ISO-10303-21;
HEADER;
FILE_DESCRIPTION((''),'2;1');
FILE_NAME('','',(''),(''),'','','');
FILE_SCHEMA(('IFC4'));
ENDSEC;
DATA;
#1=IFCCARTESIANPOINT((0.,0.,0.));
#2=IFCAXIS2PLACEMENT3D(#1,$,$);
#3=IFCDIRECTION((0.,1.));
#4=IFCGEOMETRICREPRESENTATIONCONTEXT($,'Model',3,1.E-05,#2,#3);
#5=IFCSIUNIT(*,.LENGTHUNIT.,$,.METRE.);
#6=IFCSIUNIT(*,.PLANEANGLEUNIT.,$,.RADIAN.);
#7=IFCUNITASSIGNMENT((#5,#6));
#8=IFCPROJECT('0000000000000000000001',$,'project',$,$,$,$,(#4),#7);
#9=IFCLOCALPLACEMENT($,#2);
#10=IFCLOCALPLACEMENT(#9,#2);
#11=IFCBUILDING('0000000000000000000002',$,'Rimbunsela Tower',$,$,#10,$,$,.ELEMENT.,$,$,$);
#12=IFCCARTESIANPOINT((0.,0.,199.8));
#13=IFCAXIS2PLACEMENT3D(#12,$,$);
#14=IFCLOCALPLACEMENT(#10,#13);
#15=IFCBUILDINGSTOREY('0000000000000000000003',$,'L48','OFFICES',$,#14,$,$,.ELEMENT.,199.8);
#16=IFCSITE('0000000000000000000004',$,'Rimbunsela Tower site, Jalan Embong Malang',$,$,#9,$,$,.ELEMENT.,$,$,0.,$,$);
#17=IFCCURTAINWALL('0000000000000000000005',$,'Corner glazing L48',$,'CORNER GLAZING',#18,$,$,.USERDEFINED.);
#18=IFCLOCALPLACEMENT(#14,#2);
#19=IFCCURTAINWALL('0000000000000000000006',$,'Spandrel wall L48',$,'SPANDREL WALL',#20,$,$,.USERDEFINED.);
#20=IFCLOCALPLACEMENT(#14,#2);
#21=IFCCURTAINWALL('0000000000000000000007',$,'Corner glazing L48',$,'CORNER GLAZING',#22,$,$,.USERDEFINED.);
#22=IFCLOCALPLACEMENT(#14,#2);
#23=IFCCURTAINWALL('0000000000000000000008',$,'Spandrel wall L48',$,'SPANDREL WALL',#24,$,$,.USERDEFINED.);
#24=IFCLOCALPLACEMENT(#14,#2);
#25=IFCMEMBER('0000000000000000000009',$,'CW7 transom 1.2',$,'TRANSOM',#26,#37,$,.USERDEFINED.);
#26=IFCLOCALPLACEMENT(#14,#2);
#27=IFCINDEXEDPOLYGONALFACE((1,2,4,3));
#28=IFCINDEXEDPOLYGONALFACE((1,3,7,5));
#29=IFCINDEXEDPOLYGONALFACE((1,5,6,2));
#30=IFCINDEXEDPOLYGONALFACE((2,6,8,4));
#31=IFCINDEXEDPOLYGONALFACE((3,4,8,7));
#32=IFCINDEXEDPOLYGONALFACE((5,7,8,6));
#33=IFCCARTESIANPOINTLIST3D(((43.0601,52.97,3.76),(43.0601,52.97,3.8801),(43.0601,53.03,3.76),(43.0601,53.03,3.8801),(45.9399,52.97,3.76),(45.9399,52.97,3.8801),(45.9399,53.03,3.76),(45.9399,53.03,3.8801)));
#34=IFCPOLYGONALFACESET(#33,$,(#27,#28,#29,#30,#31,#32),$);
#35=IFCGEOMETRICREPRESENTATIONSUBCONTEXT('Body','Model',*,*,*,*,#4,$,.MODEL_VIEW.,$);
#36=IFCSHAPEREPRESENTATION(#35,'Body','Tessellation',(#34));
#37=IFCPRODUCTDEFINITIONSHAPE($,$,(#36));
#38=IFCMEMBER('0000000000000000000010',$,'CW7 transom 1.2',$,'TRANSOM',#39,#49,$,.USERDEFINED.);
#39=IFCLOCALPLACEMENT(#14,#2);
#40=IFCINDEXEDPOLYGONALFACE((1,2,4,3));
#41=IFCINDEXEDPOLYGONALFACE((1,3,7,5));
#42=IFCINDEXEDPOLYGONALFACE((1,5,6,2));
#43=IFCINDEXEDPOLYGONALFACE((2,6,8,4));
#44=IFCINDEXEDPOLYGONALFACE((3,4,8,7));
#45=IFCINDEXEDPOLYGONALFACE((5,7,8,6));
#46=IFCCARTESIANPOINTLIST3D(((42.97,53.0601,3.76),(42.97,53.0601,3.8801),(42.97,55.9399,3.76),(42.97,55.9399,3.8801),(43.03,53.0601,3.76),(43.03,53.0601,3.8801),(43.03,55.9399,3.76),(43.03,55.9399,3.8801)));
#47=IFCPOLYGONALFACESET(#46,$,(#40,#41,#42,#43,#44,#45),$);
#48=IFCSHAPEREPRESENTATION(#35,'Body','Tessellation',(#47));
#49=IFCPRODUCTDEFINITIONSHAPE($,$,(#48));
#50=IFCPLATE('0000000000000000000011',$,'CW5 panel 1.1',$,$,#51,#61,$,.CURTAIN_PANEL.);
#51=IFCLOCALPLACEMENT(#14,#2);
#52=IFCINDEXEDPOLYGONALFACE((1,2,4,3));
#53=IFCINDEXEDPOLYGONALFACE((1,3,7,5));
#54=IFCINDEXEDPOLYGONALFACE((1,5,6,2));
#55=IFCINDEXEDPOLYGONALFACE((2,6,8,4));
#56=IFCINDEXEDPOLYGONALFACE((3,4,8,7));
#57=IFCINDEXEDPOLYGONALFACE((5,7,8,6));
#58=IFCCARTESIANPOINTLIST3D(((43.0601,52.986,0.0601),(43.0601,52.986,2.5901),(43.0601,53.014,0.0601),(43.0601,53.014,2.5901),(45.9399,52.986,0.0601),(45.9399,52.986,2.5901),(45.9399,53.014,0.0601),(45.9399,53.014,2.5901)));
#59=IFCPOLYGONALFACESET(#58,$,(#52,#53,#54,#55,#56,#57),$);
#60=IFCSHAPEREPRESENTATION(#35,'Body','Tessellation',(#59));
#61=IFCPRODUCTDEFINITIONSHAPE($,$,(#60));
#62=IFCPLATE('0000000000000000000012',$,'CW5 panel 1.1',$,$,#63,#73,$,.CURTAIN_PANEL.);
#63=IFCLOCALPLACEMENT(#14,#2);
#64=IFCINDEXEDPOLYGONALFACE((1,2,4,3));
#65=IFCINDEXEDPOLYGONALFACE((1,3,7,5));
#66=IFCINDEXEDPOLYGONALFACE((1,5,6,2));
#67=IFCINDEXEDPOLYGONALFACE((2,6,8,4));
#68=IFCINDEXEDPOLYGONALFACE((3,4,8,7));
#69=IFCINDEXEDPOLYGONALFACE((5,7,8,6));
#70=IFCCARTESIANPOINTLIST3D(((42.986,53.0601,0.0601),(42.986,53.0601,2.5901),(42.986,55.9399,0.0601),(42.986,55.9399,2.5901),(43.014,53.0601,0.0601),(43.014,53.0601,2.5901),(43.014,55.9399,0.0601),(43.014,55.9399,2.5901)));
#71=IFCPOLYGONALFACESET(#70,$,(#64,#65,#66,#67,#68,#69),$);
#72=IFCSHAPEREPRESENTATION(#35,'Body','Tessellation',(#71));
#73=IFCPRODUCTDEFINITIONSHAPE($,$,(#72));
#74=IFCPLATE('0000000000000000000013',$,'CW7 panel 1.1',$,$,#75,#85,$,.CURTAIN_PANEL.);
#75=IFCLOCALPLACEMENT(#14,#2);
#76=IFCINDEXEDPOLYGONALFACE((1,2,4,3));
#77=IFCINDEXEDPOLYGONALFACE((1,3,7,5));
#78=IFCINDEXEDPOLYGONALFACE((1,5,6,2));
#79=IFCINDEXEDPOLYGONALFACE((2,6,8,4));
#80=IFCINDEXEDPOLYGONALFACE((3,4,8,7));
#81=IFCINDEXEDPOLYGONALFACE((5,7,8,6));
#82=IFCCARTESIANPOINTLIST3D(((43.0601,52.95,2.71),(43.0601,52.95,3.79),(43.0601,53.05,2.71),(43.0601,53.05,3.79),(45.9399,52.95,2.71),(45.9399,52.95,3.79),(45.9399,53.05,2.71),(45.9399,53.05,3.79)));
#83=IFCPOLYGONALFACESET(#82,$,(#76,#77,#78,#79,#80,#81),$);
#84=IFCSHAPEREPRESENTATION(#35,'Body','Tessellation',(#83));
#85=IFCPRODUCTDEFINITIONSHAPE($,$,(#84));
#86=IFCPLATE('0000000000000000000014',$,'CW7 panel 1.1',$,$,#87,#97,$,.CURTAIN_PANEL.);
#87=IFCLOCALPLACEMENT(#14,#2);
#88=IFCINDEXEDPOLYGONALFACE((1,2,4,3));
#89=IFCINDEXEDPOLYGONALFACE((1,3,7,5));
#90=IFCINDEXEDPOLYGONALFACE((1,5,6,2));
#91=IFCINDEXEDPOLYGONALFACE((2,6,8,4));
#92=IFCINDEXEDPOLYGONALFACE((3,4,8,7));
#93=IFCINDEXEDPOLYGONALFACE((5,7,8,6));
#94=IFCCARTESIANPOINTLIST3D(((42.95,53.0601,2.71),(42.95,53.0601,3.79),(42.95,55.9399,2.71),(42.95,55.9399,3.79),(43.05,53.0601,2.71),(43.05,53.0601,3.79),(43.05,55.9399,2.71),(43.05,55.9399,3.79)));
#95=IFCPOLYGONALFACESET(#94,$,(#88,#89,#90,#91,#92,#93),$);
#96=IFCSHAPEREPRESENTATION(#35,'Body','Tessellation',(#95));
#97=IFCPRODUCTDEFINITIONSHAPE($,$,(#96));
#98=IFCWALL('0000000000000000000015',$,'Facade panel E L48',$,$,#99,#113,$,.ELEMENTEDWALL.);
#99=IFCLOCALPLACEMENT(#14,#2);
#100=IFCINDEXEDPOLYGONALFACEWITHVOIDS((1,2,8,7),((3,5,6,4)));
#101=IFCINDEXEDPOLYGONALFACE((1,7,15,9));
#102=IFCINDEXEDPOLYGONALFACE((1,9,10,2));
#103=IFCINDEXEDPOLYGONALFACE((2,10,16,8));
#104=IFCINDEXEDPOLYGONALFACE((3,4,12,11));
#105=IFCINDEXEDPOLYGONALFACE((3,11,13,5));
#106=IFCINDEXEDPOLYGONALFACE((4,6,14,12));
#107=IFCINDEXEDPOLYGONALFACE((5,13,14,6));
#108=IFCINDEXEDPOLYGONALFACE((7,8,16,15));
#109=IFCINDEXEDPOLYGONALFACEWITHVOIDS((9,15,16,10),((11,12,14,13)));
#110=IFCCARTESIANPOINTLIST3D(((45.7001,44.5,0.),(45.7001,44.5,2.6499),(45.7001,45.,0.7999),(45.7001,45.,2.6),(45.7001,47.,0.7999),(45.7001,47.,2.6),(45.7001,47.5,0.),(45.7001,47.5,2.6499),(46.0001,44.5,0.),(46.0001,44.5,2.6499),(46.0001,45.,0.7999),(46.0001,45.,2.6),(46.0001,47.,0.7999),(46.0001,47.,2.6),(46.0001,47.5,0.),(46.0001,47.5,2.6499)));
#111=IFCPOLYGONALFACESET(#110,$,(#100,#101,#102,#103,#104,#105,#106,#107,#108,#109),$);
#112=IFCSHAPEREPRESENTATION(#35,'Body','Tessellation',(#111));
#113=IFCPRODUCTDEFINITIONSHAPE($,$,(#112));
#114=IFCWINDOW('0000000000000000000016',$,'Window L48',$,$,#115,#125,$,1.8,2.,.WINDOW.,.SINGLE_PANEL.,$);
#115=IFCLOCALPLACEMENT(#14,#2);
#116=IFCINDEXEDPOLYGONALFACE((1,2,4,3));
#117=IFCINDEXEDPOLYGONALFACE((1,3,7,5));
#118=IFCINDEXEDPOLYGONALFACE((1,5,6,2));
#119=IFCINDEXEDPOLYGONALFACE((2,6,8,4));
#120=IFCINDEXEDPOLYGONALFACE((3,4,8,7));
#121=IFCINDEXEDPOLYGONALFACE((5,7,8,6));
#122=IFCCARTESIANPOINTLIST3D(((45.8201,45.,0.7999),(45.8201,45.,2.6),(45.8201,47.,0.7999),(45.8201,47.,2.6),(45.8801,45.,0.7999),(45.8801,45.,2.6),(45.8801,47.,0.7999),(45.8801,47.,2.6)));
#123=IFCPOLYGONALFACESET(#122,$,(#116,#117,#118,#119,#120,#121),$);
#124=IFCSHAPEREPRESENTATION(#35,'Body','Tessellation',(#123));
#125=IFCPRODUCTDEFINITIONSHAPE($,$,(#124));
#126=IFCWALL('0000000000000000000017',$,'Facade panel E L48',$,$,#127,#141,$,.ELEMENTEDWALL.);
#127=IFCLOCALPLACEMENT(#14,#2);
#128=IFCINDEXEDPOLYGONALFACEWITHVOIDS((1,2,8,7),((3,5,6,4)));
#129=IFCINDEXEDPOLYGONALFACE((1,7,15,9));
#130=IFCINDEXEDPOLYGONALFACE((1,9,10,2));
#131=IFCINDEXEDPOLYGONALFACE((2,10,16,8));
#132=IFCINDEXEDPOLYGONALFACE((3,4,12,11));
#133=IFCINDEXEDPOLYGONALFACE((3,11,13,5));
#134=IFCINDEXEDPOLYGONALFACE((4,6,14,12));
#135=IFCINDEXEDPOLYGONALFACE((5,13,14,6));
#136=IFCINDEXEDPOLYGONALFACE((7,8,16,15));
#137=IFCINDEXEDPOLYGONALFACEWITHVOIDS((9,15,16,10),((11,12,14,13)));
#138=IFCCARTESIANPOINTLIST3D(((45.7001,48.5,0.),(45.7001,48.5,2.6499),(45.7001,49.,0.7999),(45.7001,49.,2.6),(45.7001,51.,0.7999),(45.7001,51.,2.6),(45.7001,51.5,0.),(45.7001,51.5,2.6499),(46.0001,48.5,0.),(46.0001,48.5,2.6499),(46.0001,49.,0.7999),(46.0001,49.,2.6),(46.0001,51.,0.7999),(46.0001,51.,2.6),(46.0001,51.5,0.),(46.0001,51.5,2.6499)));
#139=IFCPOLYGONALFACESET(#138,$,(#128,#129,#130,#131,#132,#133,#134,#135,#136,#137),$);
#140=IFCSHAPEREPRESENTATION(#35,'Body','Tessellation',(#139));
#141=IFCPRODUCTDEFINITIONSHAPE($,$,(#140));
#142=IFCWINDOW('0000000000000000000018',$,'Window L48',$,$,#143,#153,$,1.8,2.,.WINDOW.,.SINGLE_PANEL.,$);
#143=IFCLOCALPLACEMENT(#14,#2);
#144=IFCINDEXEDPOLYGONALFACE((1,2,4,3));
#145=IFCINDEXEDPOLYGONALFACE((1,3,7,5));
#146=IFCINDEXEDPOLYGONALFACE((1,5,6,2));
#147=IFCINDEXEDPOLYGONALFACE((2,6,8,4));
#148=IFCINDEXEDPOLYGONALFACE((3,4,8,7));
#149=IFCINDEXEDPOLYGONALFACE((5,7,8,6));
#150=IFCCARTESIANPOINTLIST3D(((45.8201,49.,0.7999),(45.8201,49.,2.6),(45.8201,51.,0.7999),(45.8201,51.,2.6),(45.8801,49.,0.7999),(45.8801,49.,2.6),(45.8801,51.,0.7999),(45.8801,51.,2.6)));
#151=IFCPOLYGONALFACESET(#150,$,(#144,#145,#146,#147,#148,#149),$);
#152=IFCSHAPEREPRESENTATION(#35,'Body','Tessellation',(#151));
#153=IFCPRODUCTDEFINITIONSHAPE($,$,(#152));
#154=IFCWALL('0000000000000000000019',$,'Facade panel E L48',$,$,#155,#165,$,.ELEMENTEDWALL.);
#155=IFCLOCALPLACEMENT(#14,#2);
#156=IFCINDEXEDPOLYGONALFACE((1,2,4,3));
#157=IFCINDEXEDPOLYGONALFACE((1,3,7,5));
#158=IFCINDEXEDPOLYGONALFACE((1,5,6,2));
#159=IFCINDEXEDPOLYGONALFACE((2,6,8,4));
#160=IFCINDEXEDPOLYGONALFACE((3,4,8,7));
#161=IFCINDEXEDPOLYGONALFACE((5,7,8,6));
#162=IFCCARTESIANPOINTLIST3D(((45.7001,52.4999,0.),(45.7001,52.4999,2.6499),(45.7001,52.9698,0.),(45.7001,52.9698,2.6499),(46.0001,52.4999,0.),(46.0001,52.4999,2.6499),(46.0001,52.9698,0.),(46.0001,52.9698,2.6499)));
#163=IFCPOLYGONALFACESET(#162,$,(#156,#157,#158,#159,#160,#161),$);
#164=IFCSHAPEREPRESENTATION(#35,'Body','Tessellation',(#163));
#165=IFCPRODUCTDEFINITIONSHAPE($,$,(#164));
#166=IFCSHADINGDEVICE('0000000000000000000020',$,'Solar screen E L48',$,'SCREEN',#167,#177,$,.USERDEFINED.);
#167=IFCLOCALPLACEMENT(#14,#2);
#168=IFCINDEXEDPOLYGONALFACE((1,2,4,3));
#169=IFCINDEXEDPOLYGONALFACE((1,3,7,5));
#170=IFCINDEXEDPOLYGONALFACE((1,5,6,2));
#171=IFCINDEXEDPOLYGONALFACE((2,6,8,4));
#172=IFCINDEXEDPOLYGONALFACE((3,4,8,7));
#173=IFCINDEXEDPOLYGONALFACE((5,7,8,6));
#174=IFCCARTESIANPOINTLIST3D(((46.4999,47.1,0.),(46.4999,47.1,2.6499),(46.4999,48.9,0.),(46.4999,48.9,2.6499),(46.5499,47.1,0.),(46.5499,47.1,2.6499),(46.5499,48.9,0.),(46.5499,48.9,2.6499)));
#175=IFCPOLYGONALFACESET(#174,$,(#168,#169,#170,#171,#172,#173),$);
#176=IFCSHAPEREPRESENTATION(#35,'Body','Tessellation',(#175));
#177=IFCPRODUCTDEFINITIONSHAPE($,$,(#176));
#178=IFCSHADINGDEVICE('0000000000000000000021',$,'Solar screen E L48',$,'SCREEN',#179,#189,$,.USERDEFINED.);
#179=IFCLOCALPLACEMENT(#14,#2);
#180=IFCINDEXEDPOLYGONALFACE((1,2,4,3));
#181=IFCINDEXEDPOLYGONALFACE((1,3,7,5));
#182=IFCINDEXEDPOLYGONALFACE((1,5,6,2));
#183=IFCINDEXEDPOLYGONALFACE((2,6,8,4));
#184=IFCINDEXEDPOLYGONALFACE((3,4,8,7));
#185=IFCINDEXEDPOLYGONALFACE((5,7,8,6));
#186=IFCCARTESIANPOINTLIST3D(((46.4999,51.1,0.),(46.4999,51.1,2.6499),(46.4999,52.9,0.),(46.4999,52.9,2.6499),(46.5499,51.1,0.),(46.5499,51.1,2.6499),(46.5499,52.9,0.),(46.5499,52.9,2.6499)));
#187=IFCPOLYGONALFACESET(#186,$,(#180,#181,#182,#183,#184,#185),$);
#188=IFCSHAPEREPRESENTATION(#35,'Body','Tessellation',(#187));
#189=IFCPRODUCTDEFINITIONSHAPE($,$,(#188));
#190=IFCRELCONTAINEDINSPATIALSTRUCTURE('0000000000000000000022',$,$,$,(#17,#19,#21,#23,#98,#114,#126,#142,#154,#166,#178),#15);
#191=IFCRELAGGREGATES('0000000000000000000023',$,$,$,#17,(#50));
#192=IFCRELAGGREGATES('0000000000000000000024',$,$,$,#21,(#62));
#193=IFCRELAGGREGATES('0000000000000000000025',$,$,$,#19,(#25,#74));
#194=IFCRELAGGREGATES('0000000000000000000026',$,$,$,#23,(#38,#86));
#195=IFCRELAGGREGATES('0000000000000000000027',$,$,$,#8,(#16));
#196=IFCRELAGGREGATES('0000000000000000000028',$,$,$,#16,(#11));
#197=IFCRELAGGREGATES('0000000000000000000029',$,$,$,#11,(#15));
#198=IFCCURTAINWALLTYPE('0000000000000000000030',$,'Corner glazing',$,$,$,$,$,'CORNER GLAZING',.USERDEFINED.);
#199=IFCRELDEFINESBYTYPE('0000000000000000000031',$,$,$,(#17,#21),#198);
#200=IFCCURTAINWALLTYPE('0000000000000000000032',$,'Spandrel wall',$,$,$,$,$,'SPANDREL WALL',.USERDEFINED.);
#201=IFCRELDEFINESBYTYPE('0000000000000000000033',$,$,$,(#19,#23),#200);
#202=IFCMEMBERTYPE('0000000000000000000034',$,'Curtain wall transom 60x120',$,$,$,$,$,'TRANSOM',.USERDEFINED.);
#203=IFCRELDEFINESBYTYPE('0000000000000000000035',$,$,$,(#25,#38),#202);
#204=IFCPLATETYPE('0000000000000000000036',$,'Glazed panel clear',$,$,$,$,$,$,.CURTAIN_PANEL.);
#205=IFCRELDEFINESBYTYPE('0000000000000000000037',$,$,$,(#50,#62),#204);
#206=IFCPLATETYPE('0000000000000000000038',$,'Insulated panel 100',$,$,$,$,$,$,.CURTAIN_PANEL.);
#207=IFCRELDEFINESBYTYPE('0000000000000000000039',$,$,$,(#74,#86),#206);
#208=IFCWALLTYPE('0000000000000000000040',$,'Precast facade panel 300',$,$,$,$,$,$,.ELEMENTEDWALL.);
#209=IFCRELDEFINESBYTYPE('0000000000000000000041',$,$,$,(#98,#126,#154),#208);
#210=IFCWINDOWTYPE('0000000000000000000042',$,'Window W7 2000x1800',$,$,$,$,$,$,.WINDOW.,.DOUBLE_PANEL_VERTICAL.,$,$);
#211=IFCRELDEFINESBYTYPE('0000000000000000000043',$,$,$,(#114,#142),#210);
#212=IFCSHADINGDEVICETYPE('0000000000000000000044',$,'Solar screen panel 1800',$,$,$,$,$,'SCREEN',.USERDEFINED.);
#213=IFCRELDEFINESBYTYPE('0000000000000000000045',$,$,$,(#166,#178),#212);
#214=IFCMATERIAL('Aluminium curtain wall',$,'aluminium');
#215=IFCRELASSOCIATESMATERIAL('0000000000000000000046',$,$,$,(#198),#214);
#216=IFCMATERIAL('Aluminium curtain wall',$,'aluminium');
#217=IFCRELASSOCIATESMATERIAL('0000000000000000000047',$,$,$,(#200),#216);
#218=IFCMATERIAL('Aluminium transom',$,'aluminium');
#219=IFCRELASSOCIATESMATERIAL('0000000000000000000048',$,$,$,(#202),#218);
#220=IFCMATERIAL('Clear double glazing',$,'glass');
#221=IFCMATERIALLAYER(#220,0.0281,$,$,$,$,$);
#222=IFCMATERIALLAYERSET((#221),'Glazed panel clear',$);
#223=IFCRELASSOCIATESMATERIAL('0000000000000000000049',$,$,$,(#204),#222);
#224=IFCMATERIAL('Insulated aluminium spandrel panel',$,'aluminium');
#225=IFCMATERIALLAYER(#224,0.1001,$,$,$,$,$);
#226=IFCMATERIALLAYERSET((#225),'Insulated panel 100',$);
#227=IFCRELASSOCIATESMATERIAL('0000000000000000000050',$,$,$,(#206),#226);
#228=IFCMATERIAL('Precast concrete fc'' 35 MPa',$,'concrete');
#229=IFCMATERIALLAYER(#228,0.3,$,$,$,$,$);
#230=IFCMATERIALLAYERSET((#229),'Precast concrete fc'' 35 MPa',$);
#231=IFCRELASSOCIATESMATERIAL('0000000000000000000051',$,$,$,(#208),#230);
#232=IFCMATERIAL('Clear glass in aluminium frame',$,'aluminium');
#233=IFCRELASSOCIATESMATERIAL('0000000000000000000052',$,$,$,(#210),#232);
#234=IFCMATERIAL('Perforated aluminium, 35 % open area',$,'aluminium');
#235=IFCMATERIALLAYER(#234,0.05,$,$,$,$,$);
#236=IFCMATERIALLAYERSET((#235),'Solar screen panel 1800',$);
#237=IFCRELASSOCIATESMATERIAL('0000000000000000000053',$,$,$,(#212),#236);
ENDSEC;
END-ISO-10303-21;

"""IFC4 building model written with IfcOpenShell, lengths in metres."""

from ifc_helpers import new_model, si_unit, direction, frame, frame_2d, origin, origin_2d, place, context, subcontext, project, spatial, rectangle, extrude, material, layer, layer_set, material_profile, profile_set, type_object, element, fill, aggregate, save


model = new_model("IFC4")

# Units and contexts
model_context = context("Model", 3, precision=1e-05, world=origin(), true_north=direction((0.0, 1.0)))
body_context = subcontext(model_context, "Body", "Model", "MODEL_VIEW")
ifc_project = project(units=[si_unit("LENGTHUNIT", "METRE"), si_unit("PLANEANGLEUNIT", "RADIAN")], contexts=[model_context])

# Site, building, storey
site_placement = place(None, origin())
site = spatial("IfcSite", under=ifc_project, at=site_placement, Name="Rimbunsela Tower site, Jalan Embong Malang", CompositionType="ELEMENT", RefElevation=0.0)
building_placement = place(site_placement, origin())
building = spatial("IfcBuilding", under=site, at=building_placement, Name="Rimbunsela Tower", CompositionType="ELEMENT")
storey_placement = place(building_placement, frame((0.0, 0.0, 199.8)))
storey = spatial("IfcBuildingStorey", under=building, at=storey_placement, Name="L48", Description="OFFICES", CompositionType="ELEMENT", Elevation=199.8)

# Curtain walls
ifc_material_1 = material(Name="Aluminium curtain wall", Category="aluminium")
curtain_wall_type_1 = type_object("IfcCurtainWallType", Name="Corner glazing", ElementType="CORNER GLAZING", PredefinedType="USERDEFINED", material=ifc_material_1)
curtain_wall_1_placement = place(storey_placement, origin())
curtain_wall_1 = element("IfcCurtainWall", 1, at=curtain_wall_1_placement, inside=storey, type_object=curtain_wall_type_1, Name="Corner glazing L48", ObjectType="CORNER GLAZING", PredefinedType="USERDEFINED")
ifc_material_2 = material(Name="Aluminium curtain wall", Category="aluminium")
curtain_wall_type_2 = type_object("IfcCurtainWallType", Name="Spandrel wall", ElementType="SPANDREL WALL", PredefinedType="USERDEFINED", material=ifc_material_2)
curtain_wall_2_placement = place(storey_placement, origin())
curtain_wall_2 = element("IfcCurtainWall", 2, at=curtain_wall_2_placement, inside=storey, type_object=curtain_wall_type_2, Name="Spandrel wall L48", ObjectType="SPANDREL WALL", PredefinedType="USERDEFINED")

# Curtain walls
curtain_wall_3_placement = place(storey_placement, origin())
curtain_wall_3 = element("IfcCurtainWall", 3, at=curtain_wall_3_placement, inside=storey, type_object=curtain_wall_type_1, Name="Corner glazing L48", ObjectType="CORNER GLAZING", PredefinedType="USERDEFINED")
curtain_wall_4_placement = place(storey_placement, origin())
curtain_wall_4 = element("IfcCurtainWall", 4, at=curtain_wall_4_placement, inside=storey, type_object=curtain_wall_type_2, Name="Spandrel wall L48", ObjectType="SPANDREL WALL", PredefinedType="USERDEFINED")

# Members
ifc_material_3 = material(Name="Aluminium transom", Category="aluminium")
ifc_material_profile_1 = material_profile(ifc_material_3, rectangle(XDim=0.0601, YDim=0.1201, at=origin_2d()), Name="Transom 60x120")
ifc_profile_set_1 = profile_set([ifc_material_profile_1], Name="Aluminium transom")
member_type_1 = type_object("IfcMemberType", Name="Curtain wall transom 60x120", ElementType="TRANSOM", PredefinedType="USERDEFINED", material=ifc_profile_set_1)
member_1_placement = place(storey_placement, frame((45.9399, 53.0, 3.8201), z_axis=(-1.0, 0.0, 0.0), x_axis=(0.0, -1.0, 0.0)))
member_1 = element("IfcMember", 5, at=member_1_placement, type_object=member_type_1, Name="CW7 transom 1.2", ObjectType="TRANSOM", PredefinedType="USERDEFINED", context=body_context, shape_type="SweptSolid", body=[
    extrude(rectangle(XDim=0.0601, YDim=0.1201, at=origin_2d()), origin(), (0.0, 0.0, 1.0), 2.8799),
])
member_2_placement = place(storey_placement, frame((43.0, 53.0601, 3.8201), z_axis=(0.0, 1.0, 0.0), x_axis=(-1.0, 0.0, 0.0)))
member_2 = element("IfcMember", 6, at=member_2_placement, type_object=member_type_1, Name="CW7 transom 1.2", ObjectType="TRANSOM", PredefinedType="USERDEFINED", context=body_context, shape_type="SweptSolid", body=[
    extrude(rectangle(XDim=0.0601, YDim=0.1201, at=origin_2d()), origin(), (0.0, 0.0, 1.0), 2.8799),
])

# Plates
ifc_material_4 = material(Name="Clear double glazing", Category="glass")
ifc_layer_1 = layer(ifc_material_4, 0.0281)
ifc_layer_set_1 = layer_set([ifc_layer_1], Name="Glazed panel clear")
plate_type_1 = type_object("IfcPlateType", Name="Glazed panel clear", PredefinedType="CURTAIN_PANEL", material=ifc_layer_set_1)
plate_1_placement = place(storey_placement, frame((44.5, 53.0, 0.0601), z_axis=(0.0, 0.0, 1.0), x_axis=(-1.0, 0.0, 0.0)))
plate_1 = element("IfcPlate", 7, at=plate_1_placement, type_object=plate_type_1, Name="CW5 panel 1.1", PredefinedType="CURTAIN_PANEL", context=body_context, shape_type="SweptSolid", body=[
    extrude(rectangle(XDim=2.8799, YDim=0.0281, at=origin_2d()), origin(), (0.0, 0.0, 1.0), 2.53),
])
aggregate(curtain_wall_1, [plate_1])
plate_2_placement = place(storey_placement, frame((43.0, 54.5, 0.0601), z_axis=(0.0, 0.0, 1.0), x_axis=(0.0, 1.0, 0.0)))
plate_2 = element("IfcPlate", 8, at=plate_2_placement, type_object=plate_type_1, Name="CW5 panel 1.1", PredefinedType="CURTAIN_PANEL", context=body_context, shape_type="SweptSolid", body=[
    extrude(rectangle(XDim=2.8799, YDim=0.0281, at=origin_2d()), origin(), (0.0, 0.0, 1.0), 2.53),
])
aggregate(curtain_wall_3, [plate_2])
ifc_material_5 = material(Name="Insulated aluminium spandrel panel", Category="aluminium")
ifc_layer_2 = layer(ifc_material_5, 0.1001)
ifc_layer_set_2 = layer_set([ifc_layer_2], Name="Insulated panel 100")
plate_type_2 = type_object("IfcPlateType", Name="Insulated panel 100", PredefinedType="CURTAIN_PANEL", material=ifc_layer_set_2)
plate_3_placement = place(storey_placement, frame((44.5, 53.0, 2.71), z_axis=(0.0, 0.0, 1.0), x_axis=(-1.0, 0.0, 0.0)))
plate_3 = element("IfcPlate", 9, at=plate_3_placement, type_object=plate_type_2, Name="CW7 panel 1.1", PredefinedType="CURTAIN_PANEL", context=body_context, shape_type="SweptSolid", body=[
    extrude(rectangle(XDim=2.8799, YDim=0.1001, at=origin_2d()), origin(), (0.0, 0.0, 1.0), 1.0801),
])
aggregate(curtain_wall_2, [member_1, plate_3])
plate_4_placement = place(storey_placement, frame((43.0, 54.5, 2.71), z_axis=(0.0, 0.0, 1.0), x_axis=(0.0, 1.0, 0.0)))
plate_4 = element("IfcPlate", 10, at=plate_4_placement, type_object=plate_type_2, Name="CW7 panel 1.1", PredefinedType="CURTAIN_PANEL", context=body_context, shape_type="SweptSolid", body=[
    extrude(rectangle(XDim=2.8799, YDim=0.1001, at=origin_2d()), origin(), (0.0, 0.0, 1.0), 1.0801),
])
aggregate(curtain_wall_4, [member_2, plate_4])

# Walls, openings, windows
ifc_material_6 = material(Name="Precast concrete fc' 35 MPa", Category="concrete")
ifc_layer_3 = layer(ifc_material_6, 0.3)
ifc_layer_set_3 = layer_set([ifc_layer_3], Name="Precast concrete fc' 35 MPa")
wall_type = type_object("IfcWallType", Name="Precast facade panel 300", PredefinedType="ELEMENTEDWALL", material=ifc_layer_set_3)
wall_1_placement = place(storey_placement, frame((45.8501, 44.5, 0.0), z_axis=(0.0, 0.0, 1.0), x_axis=(0.0, 1.0, 0.0)))
wall_1 = element("IfcWall", 11, at=wall_1_placement, inside=storey, type_object=wall_type, Name="Facade panel E L48", PredefinedType="ELEMENTEDWALL", context=body_context, shape_type="SweptSolid", body=[
    extrude(rectangle(XDim=3.0, YDim=0.3, at=frame_2d((1.5, 0.0))), origin(), (0.0, 0.0, 1.0), 2.6499),
])
opening_1_placement = place(wall_1_placement, frame((0.5, 0.0, 0.8)))
opening_1 = element("IfcOpeningElement", 12, at=opening_1_placement, cuts=wall_1, PredefinedType="OPENING", context=body_context, shape_type="SweptSolid", body=[
    extrude(rectangle(XDim=2.0, YDim=1.8, at=frame_2d((1.0, 0.8999))), frame((0.0, 0.1599, 0.0), z_axis=(0.0, -1.0, 0.0), x_axis=(1.0, 0.0, 0.0)), (0.0, 0.0, 1.0), 0.3201),
])
ifc_material_7 = material(Name="Clear glass in aluminium frame", Category="aluminium")
window_type = type_object("IfcWindowType", Name="Window W7 2000x1800", PartitioningType="DOUBLE_PANEL_VERTICAL", PredefinedType="WINDOW", material=ifc_material_7)
window_1_placement = place(opening_1_placement, origin())
window_1 = element("IfcWindow", 13, at=window_1_placement, inside=storey, type_object=window_type, Name="Window L48", OverallHeight=1.8, OverallWidth=2.0, PartitioningType="SINGLE_PANEL", PredefinedType="WINDOW", context=body_context, shape_type="SweptSolid", body=[
    extrude(rectangle(XDim=2.0, YDim=1.8, at=frame_2d((1.0, 0.8999))), frame((0.0, 0.03, 0.0), z_axis=(0.0, -1.0, 0.0), x_axis=(1.0, 0.0, 0.0)), (0.0, 0.0, 1.0), 0.0601),
])
fill(opening_1, window_1)
wall_2_placement = place(storey_placement, frame((45.8501, 48.5, 0.0), z_axis=(0.0, 0.0, 1.0), x_axis=(0.0, 1.0, 0.0)))
wall_2 = element("IfcWall", 14, at=wall_2_placement, inside=storey, type_object=wall_type, Name="Facade panel E L48", PredefinedType="ELEMENTEDWALL", context=body_context, shape_type="SweptSolid", body=[
    extrude(rectangle(XDim=3.0, YDim=0.3, at=frame_2d((1.5, 0.0))), origin(), (0.0, 0.0, 1.0), 2.6499),
])
opening_2_placement = place(wall_2_placement, frame((0.5, 0.0, 0.8)))
opening_2 = element("IfcOpeningElement", 15, at=opening_2_placement, cuts=wall_2, PredefinedType="OPENING", context=body_context, shape_type="SweptSolid", body=[
    extrude(rectangle(XDim=2.0, YDim=1.8, at=frame_2d((1.0, 0.8999))), frame((0.0, 0.1599, 0.0), z_axis=(0.0, -1.0, 0.0), x_axis=(1.0, 0.0, 0.0)), (0.0, 0.0, 1.0), 0.3201),
])
window_2_placement = place(opening_2_placement, origin())
window_2 = element("IfcWindow", 16, at=window_2_placement, inside=storey, type_object=window_type, Name="Window L48", OverallHeight=1.8, OverallWidth=2.0, PartitioningType="SINGLE_PANEL", PredefinedType="WINDOW", context=body_context, shape_type="SweptSolid", body=[
    extrude(rectangle(XDim=2.0, YDim=1.8, at=frame_2d((1.0, 0.8999))), frame((0.0, 0.03, 0.0), z_axis=(0.0, -1.0, 0.0), x_axis=(1.0, 0.0, 0.0)), (0.0, 0.0, 1.0), 0.0601),
])
fill(opening_2, window_2)

# Wall
wall_3_placement = place(storey_placement, frame((45.8501, 52.5, 0.0), z_axis=(0.0, 0.0, 1.0), x_axis=(0.0, 1.0, 0.0)))
element("IfcWall", 17, at=wall_3_placement, inside=storey, type_object=wall_type, Name="Facade panel E L48", PredefinedType="ELEMENTEDWALL", context=body_context, shape_type="SweptSolid", body=[
    extrude(rectangle(XDim=0.47, YDim=0.3, at=frame_2d((0.2349, 0.0))), origin(), (0.0, 0.0, 1.0), 2.6499),
])

# Shading devices
ifc_material_8 = material(Name="Perforated aluminium, 35 % open area", Category="aluminium")
ifc_layer_4 = layer(ifc_material_8, 0.05)
ifc_layer_set_4 = layer_set([ifc_layer_4], Name="Solar screen panel 1800")
shading_device_type = type_object("IfcShadingDeviceType", Name="Solar screen panel 1800", ElementType="SCREEN", PredefinedType="USERDEFINED", material=ifc_layer_set_4)
for number, where, z_axis, x_axis, name in (
    (18, (46.5249, 48.0, 0.0), (0.0, 0.0, 1.0), (0.0, 1.0, 0.0), "Solar screen E L48"),
    (19, (46.5249, 52.0, 0.0), (0.0, 0.0, 1.0), (0.0, 1.0, 0.0), "Solar screen E L48"),
):
    element("IfcShadingDevice", number, at=place(storey_placement, frame(where, z_axis=z_axis, x_axis=x_axis)), inside=storey, type_object=shading_device_type, Name=name, ObjectType="SCREEN", PredefinedType="USERDEFINED", context=body_context, shape_type="SweptSolid", body=[
        extrude(rectangle(XDim=1.8, YDim=0.05, at=origin_2d()), origin(), (0.0, 0.0, 1.0), 2.6499),
    ])

save(model, "model.ifc")
